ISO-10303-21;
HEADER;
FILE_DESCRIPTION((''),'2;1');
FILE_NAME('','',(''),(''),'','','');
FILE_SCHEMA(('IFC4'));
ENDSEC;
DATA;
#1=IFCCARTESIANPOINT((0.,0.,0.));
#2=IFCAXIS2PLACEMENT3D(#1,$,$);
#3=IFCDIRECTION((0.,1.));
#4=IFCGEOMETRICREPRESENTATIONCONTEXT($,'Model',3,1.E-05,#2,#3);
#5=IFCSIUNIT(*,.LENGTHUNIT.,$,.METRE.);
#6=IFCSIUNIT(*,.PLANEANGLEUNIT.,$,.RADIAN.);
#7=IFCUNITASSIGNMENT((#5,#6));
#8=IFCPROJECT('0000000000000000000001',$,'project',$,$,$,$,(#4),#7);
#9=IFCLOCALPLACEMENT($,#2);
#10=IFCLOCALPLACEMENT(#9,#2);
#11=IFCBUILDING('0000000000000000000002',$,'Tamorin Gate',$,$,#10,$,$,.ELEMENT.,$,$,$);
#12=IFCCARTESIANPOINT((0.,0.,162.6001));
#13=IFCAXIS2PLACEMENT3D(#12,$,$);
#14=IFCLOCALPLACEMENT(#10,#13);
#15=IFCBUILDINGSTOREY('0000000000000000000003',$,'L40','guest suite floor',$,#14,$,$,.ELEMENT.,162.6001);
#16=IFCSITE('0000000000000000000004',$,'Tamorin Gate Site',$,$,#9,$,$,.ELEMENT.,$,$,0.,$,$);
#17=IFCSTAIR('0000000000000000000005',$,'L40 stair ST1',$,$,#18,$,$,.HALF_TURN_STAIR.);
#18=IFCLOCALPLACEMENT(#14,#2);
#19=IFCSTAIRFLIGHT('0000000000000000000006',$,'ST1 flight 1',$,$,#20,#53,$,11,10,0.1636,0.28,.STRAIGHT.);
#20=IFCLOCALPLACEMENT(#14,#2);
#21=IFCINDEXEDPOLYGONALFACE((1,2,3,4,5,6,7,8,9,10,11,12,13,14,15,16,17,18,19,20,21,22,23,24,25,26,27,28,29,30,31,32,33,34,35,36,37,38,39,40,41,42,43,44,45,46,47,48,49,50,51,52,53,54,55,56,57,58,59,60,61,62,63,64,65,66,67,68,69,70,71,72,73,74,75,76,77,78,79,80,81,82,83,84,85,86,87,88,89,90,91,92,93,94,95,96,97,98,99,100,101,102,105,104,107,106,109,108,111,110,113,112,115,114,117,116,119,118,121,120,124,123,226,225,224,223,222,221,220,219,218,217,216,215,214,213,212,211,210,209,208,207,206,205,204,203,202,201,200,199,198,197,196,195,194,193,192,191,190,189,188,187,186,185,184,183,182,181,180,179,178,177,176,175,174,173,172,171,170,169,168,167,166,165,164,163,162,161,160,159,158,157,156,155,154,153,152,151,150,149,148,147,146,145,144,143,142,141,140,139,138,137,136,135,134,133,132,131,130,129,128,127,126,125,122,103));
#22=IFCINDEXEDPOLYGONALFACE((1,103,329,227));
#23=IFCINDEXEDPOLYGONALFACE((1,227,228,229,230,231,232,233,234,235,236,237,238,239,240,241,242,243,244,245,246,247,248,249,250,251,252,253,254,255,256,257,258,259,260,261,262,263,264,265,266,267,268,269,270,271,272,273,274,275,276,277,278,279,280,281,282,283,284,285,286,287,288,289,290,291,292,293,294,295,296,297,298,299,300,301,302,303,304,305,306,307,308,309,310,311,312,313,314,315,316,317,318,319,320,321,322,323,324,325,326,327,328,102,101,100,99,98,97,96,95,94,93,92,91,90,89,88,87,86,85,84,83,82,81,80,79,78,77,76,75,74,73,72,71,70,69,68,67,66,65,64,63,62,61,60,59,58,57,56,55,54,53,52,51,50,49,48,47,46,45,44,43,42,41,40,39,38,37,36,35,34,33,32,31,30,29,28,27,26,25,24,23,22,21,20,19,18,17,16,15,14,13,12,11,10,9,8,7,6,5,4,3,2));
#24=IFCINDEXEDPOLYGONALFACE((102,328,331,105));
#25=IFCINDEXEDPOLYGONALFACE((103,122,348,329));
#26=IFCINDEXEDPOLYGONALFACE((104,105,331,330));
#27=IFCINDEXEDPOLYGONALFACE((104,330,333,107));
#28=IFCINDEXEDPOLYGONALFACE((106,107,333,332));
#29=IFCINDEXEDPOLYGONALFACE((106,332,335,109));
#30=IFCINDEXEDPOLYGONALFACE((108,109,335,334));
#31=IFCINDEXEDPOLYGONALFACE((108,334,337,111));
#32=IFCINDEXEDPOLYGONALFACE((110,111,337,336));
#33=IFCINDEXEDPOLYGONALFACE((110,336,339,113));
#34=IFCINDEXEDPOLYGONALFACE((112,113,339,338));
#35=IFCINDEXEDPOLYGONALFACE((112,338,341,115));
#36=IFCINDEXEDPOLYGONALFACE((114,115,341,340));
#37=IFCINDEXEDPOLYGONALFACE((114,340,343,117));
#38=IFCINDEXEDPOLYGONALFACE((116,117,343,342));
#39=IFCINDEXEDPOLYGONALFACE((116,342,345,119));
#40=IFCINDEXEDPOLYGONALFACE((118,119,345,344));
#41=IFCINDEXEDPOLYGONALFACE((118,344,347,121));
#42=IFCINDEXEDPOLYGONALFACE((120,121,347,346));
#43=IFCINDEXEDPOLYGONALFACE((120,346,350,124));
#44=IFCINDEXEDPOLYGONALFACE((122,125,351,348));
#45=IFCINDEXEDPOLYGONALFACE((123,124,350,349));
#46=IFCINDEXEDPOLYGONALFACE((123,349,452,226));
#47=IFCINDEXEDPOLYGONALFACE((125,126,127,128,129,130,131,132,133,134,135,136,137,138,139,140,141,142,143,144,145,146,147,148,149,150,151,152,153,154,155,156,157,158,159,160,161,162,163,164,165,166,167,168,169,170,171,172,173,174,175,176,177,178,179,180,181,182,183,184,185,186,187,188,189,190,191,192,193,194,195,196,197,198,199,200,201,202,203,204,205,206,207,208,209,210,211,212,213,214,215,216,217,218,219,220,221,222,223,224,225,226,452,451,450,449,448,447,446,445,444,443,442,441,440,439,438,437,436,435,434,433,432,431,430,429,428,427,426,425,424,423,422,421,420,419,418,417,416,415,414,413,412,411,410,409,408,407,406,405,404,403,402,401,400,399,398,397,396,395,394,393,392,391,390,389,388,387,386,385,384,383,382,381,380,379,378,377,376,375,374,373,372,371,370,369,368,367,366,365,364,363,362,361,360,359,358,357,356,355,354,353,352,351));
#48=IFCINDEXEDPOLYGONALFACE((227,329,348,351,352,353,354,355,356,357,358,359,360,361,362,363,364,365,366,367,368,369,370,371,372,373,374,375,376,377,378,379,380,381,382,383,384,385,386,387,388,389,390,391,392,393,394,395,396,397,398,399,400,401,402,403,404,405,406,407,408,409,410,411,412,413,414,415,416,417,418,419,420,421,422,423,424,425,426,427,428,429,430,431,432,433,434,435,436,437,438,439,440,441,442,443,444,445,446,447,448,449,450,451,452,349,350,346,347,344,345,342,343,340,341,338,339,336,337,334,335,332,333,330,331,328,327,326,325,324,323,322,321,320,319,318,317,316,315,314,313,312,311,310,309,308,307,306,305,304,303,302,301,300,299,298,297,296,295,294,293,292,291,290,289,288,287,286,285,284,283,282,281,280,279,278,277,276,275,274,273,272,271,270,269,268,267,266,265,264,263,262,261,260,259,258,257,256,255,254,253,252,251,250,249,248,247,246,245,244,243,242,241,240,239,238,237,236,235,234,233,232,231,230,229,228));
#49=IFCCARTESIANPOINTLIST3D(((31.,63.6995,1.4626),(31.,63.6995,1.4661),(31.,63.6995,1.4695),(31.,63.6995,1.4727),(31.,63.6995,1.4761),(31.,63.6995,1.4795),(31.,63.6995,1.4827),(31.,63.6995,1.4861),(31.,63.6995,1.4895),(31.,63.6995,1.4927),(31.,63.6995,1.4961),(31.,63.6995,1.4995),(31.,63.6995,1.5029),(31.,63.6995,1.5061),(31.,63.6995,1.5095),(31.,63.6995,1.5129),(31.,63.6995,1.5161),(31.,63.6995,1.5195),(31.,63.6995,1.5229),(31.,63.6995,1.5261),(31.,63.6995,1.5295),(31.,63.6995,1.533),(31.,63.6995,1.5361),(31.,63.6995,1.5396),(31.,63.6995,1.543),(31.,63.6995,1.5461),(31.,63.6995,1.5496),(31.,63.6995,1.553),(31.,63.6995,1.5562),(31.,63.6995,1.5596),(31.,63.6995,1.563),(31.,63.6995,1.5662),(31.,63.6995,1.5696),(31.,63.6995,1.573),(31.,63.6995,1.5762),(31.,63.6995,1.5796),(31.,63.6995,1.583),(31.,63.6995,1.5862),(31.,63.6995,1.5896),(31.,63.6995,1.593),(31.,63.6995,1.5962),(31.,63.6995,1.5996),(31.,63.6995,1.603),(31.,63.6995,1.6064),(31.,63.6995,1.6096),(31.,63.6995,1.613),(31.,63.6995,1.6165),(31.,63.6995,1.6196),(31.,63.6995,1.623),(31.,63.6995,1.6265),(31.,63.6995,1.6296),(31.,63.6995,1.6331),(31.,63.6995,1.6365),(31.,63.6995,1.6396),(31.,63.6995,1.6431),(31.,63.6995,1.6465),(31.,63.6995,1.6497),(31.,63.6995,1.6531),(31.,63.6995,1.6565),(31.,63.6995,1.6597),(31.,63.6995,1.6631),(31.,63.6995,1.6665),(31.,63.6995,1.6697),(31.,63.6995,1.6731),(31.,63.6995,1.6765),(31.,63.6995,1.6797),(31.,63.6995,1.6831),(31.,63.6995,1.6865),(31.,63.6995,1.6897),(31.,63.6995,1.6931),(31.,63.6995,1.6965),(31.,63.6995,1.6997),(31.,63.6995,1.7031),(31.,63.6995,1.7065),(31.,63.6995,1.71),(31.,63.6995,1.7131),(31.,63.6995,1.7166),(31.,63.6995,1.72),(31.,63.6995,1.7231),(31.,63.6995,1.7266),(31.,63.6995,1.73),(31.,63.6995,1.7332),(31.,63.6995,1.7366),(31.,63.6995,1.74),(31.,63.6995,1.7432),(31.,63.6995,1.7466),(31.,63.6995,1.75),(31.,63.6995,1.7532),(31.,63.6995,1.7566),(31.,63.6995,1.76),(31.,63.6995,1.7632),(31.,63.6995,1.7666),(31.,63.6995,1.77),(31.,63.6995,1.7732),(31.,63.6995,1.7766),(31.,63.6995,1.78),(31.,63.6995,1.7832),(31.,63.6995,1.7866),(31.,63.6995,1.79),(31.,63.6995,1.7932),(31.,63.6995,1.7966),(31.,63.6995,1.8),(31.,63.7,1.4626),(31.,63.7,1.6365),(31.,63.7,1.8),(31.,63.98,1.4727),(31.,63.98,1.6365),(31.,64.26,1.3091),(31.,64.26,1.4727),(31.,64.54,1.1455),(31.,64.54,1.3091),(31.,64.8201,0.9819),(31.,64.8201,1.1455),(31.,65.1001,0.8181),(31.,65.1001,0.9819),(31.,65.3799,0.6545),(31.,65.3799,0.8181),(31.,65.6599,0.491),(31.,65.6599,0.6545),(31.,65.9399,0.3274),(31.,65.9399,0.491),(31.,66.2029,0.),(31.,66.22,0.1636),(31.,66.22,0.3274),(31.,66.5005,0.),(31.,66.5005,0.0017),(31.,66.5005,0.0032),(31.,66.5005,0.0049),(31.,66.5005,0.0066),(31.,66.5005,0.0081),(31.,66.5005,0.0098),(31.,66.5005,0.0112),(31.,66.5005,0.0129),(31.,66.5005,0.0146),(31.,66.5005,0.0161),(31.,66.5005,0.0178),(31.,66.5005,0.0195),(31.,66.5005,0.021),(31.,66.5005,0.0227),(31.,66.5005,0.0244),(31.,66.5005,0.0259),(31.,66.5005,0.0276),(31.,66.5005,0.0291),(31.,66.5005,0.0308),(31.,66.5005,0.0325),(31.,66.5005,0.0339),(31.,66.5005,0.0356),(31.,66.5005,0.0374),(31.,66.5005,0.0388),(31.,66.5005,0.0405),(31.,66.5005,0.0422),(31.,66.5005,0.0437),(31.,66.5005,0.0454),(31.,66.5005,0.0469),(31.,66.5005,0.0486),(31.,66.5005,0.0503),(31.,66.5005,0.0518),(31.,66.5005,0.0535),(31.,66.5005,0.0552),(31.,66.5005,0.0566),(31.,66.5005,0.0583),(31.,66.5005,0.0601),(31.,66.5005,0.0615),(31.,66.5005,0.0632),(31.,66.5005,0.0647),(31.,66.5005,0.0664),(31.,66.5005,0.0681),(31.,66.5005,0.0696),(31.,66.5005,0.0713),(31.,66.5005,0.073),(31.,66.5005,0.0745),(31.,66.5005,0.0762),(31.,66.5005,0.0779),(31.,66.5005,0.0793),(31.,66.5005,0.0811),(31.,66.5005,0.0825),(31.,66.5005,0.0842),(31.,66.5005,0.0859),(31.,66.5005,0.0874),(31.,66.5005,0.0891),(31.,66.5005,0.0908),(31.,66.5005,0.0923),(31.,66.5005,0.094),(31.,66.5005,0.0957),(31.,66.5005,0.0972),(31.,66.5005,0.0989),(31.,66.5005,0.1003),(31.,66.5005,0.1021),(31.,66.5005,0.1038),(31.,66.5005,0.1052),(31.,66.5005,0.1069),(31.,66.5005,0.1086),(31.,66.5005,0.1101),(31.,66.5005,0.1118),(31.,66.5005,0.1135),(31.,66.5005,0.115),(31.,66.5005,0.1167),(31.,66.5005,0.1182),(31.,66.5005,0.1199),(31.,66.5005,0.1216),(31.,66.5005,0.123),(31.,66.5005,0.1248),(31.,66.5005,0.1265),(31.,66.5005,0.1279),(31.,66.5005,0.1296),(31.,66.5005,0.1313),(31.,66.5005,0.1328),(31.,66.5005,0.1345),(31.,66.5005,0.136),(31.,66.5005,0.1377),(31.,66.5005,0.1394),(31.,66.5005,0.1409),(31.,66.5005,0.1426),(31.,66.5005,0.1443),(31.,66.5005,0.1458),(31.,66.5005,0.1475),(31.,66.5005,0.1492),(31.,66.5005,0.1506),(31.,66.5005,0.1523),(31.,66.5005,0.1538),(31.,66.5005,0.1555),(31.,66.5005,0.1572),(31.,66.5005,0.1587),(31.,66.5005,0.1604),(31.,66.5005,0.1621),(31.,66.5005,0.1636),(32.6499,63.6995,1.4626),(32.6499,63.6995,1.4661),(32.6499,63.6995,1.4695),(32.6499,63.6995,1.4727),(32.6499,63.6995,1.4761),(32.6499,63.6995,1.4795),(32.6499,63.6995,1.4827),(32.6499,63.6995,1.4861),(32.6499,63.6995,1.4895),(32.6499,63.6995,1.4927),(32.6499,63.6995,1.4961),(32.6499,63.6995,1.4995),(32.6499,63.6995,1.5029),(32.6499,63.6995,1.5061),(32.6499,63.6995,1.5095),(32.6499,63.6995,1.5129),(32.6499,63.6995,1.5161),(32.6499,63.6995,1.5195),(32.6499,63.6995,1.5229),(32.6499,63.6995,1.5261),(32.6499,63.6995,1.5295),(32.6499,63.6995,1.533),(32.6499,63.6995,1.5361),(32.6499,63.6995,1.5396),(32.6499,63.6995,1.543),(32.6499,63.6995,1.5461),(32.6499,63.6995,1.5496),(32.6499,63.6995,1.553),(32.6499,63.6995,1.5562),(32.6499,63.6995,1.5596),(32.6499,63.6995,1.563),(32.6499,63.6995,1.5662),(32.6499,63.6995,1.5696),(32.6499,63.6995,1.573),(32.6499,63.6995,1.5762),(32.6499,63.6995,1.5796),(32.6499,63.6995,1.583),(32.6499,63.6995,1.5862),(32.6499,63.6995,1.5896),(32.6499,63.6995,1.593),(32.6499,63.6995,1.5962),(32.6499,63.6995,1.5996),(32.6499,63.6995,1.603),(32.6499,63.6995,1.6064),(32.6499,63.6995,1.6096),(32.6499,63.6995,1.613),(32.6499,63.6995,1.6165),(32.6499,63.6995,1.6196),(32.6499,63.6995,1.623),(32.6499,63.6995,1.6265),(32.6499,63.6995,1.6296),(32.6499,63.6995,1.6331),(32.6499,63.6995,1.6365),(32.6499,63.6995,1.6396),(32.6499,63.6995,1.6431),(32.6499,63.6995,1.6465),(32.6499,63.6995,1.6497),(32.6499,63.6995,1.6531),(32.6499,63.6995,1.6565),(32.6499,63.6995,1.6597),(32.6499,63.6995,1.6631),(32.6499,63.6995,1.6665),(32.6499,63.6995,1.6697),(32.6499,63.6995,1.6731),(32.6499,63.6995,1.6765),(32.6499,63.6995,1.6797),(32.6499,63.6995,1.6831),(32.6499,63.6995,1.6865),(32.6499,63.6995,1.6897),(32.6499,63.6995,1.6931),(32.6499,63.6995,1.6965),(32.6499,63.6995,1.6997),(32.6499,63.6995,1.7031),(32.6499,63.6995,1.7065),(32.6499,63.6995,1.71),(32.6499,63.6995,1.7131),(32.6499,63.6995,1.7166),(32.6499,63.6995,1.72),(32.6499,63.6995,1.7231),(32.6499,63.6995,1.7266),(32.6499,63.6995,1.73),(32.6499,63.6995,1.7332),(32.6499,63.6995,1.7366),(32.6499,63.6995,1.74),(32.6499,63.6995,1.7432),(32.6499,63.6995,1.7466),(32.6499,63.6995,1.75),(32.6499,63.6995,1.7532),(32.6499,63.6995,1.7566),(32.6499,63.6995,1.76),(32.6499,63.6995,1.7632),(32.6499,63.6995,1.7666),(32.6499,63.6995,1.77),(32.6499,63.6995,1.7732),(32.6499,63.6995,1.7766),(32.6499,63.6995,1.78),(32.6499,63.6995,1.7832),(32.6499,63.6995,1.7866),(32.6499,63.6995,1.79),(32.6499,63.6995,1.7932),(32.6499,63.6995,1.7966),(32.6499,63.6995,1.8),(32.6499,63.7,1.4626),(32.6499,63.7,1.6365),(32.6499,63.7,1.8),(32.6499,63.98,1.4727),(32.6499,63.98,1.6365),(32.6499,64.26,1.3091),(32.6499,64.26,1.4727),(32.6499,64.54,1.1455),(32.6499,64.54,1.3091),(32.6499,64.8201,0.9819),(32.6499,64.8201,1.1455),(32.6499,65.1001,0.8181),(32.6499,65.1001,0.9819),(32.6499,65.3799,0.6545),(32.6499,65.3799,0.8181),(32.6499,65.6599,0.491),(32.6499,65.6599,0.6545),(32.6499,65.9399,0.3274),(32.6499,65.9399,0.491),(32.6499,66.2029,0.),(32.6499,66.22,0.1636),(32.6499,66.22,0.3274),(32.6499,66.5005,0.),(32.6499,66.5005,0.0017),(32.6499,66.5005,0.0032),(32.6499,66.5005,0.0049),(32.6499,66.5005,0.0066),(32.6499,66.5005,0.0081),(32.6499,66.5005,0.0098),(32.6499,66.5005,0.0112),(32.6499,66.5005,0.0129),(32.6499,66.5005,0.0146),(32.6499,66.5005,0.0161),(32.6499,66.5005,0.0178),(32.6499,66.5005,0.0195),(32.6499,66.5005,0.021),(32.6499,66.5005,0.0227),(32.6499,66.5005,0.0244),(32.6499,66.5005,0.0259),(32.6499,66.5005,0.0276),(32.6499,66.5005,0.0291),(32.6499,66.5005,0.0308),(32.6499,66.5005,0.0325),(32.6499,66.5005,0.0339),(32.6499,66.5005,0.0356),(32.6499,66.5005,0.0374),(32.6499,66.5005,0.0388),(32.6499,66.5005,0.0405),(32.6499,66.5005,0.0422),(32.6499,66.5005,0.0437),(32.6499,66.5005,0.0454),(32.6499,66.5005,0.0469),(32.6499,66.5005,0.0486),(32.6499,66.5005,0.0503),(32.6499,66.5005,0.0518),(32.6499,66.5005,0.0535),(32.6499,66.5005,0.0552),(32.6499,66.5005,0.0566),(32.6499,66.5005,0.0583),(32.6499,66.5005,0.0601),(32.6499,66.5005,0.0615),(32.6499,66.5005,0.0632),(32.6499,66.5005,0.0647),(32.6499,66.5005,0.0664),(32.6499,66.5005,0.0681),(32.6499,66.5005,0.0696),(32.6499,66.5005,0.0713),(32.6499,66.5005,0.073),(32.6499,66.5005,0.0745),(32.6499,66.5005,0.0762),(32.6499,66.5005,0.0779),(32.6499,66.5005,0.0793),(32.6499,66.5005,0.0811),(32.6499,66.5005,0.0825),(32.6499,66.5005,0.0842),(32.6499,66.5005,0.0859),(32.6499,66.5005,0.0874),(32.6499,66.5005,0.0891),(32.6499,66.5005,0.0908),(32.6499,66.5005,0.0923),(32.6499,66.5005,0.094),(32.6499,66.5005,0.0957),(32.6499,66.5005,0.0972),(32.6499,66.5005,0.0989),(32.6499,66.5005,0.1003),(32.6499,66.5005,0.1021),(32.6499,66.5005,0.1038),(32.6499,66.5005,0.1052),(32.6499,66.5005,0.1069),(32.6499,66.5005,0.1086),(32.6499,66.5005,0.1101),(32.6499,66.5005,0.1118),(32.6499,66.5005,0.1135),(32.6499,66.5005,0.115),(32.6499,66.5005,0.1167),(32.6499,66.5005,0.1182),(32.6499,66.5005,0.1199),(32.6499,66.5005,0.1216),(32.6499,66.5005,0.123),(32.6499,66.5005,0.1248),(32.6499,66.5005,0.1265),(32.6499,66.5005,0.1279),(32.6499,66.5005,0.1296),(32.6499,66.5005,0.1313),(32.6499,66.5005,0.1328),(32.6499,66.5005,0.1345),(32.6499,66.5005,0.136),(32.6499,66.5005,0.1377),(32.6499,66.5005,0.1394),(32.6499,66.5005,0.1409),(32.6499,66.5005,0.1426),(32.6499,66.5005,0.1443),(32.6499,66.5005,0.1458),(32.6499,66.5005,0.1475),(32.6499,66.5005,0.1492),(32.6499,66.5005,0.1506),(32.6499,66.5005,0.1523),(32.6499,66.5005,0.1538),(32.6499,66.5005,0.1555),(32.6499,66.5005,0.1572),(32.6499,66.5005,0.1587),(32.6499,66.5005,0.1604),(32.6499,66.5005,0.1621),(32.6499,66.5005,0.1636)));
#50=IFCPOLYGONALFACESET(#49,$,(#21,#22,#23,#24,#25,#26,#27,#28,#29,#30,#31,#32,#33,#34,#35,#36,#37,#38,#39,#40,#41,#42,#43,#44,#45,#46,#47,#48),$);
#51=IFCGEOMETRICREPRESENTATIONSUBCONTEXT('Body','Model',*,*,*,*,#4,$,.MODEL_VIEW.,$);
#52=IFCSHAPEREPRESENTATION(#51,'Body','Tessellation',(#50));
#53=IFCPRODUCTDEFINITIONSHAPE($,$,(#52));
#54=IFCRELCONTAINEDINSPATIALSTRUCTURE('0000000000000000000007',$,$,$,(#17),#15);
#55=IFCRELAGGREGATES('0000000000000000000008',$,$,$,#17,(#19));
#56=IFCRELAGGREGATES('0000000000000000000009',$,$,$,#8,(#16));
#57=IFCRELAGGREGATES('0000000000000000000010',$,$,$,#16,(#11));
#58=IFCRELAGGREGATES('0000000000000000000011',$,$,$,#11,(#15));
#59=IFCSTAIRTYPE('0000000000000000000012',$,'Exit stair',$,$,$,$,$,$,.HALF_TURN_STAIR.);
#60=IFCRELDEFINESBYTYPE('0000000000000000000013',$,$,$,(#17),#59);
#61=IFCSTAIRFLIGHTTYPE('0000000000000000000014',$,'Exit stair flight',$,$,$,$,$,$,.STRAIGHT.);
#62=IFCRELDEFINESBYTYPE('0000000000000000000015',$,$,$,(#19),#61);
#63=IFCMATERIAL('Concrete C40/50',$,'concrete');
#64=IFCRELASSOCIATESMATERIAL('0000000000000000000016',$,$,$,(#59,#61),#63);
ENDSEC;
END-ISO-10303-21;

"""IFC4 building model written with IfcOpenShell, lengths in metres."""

from ifc_helpers import new_model, si_unit, direction, frame, origin, place, context, subcontext, project, spatial, polyline, outline, extrude, material, type_object, element, aggregate, save


model = new_model("IFC4")

# Units and contexts
model_context = context("Model", 3, precision=1e-05, world=origin(), true_north=direction((0.0, 1.0)))
body_context = subcontext(model_context, "Body", "Model", "MODEL_VIEW")
ifc_project = project(units=[si_unit("LENGTHUNIT", "METRE"), si_unit("PLANEANGLEUNIT", "RADIAN")], contexts=[model_context])

# Site, building, storey
site_placement = place(None, origin())
site = spatial("IfcSite", under=ifc_project, at=site_placement, Name="Tamorin Gate Site", CompositionType="ELEMENT", RefElevation=0.0)
building_placement = place(site_placement, origin())
building = spatial("IfcBuilding", under=site, at=building_placement, Name="Tamorin Gate", CompositionType="ELEMENT")
storey_placement = place(building_placement, frame((0.0, 0.0, 162.6001)))
storey = spatial("IfcBuildingStorey", under=building, at=storey_placement, Name="L40", Description="guest suite floor", CompositionType="ELEMENT", Elevation=162.6001)

# Shared definitions
ifc_material_1 = material(Name="Concrete C40/50", Category="concrete")

# Stair, stair flight
stair_type = type_object("IfcStairType", Name="Exit stair", PredefinedType="HALF_TURN_STAIR", material=ifc_material_1)
stair_1_placement = place(storey_placement, origin())
stair_1 = element("IfcStair", 1, at=stair_1_placement, inside=storey, type_object=stair_type, Name="L40 stair ST1", PredefinedType="HALF_TURN_STAIR")
stair_flight_type = type_object("IfcStairFlightType", Name="Exit stair flight", PredefinedType="STRAIGHT", material=ifc_material_1)
stair_flight_1_placement = place(storey_placement, frame((31.825, 66.5, 0.0), z_axis=(0.0, 0.0, 1.0), x_axis=(0.0, -1.0, 0.0)))
stair_flight_1 = element("IfcStairFlight", 2, at=stair_flight_1_placement, type_object=stair_flight_type, Name="ST1 flight 1", NumberOfRisers=11, NumberOfTreads=10, PredefinedType="STRAIGHT", RiserHeight=0.1636, TreadLength=0.28, context=body_context, shape_type="SweptSolid", body=[
    extrude(outline(polyline([(-0.0005, 0.0), (-0.0005, 0.0017), (-0.0005, 0.0032), (-0.0005, 0.0049), (-0.0005, 0.0066), (-0.0005, 0.0081), (-0.0005, 0.0098), (-0.0005, 0.0112), (-0.0005, 0.0129), (-0.0005, 0.0146), (-0.0005, 0.0161), (-0.0005, 0.0178), (-0.0005, 0.0195), (-0.0005, 0.021), (-0.0005, 0.0227), (-0.0005, 0.0244), (-0.0005, 0.0259), (-0.0005, 0.0276), (-0.0005, 0.0291), (-0.0005, 0.0308), (-0.0005, 0.0325), (-0.0005, 0.0339), (-0.0005, 0.0356), (-0.0005, 0.0374), (-0.0005, 0.0388), (-0.0005, 0.0405), (-0.0005, 0.0422), (-0.0005, 0.0437), (-0.0005, 0.0454), (-0.0005, 0.0469), (-0.0005, 0.0486), (-0.0005, 0.0503), (-0.0005, 0.0518), (-0.0005, 0.0535), (-0.0005, 0.0552), (-0.0005, 0.0566), (-0.0005, 0.0583), (-0.0005, 0.0601), (-0.0005, 0.0615), (-0.0005, 0.0632), (-0.0005, 0.0647), (-0.0005, 0.0664), (-0.0005, 0.0681), (-0.0005, 0.0696), (-0.0005, 0.0713), (-0.0005, 0.073), (-0.0005, 0.0745), (-0.0005, 0.0762), (-0.0005, 0.0779), (-0.0005, 0.0793), (-0.0005, 0.0811), (-0.0005, 0.0825), (-0.0005, 0.0842), (-0.0005, 0.0859), (-0.0005, 0.0874), (-0.0005, 0.0891), (-0.0005, 0.0908), (-0.0005, 0.0923), (-0.0005, 0.094), (-0.0005, 0.0957), (-0.0005, 0.0972), (-0.0005, 0.0989), (-0.0005, 0.1003), (-0.0005, 0.1021), (-0.0005, 0.1038), (-0.0005, 0.1052), (-0.0005, 0.1069), (-0.0005, 0.1086), (-0.0005, 0.1101), (-0.0005, 0.1118), (-0.0005, 0.1135), (-0.0005, 0.115), (-0.0005, 0.1167), (-0.0005, 0.1182), (-0.0005, 0.1199), (-0.0005, 0.1216), (-0.0005, 0.123), (-0.0005, 0.1248), (-0.0005, 0.1265), (-0.0005, 0.1279), (-0.0005, 0.1296), (-0.0005, 0.1313), (-0.0005, 0.1328), (-0.0005, 0.1345), (-0.0005, 0.136), (-0.0005, 0.1377), (-0.0005, 0.1394), (-0.0005, 0.1409), (-0.0005, 0.1426), (-0.0005, 0.1443), (-0.0005, 0.1458), (-0.0005, 0.1475), (-0.0005, 0.1492), (-0.0005, 0.1506), (-0.0005, 0.1523), (-0.0005, 0.1538), (-0.0005, 0.1555), (-0.0005, 0.1572), (-0.0005, 0.1587), (-0.0005, 0.1604), (-0.0005, 0.1621), (-0.0005, 0.1636), (0.28, 0.1636), (0.28, 0.3274), (0.5601, 0.3274), (0.5601, 0.491), (0.8401, 0.491), (0.8401, 0.6545), (1.1201, 0.6545), (1.1201, 0.8181), (1.3999, 0.8181), (1.3999, 0.9819), (1.6799, 0.9819), (1.6799, 1.1455), (1.96, 1.1455), (1.96, 1.3091), (2.24, 1.3091), (2.24, 1.4727), (2.52, 1.4727), (2.52, 1.6365), (2.8, 1.6365), (2.8, 1.8), (2.8005, 1.8), (2.8005, 1.7966), (2.8005, 1.7932), (2.8005, 1.79), (2.8005, 1.7866), (2.8005, 1.7832), (2.8005, 1.78), (2.8005, 1.7766), (2.8005, 1.7732), (2.8005, 1.77), (2.8005, 1.7666), (2.8005, 1.7632), (2.8005, 1.76), (2.8005, 1.7566), (2.8005, 1.7532), (2.8005, 1.75), (2.8005, 1.7466), (2.8005, 1.7432), (2.8005, 1.74), (2.8005, 1.7366), (2.8005, 1.7332), (2.8005, 1.73), (2.8005, 1.7266), (2.8005, 1.7231), (2.8005, 1.72), (2.8005, 1.7166), (2.8005, 1.7131), (2.8005, 1.71), (2.8005, 1.7065), (2.8005, 1.7031), (2.8005, 1.6997), (2.8005, 1.6965), (2.8005, 1.6931), (2.8005, 1.6897), (2.8005, 1.6865), (2.8005, 1.6831), (2.8005, 1.6797), (2.8005, 1.6765), (2.8005, 1.6731), (2.8005, 1.6697), (2.8005, 1.6665), (2.8005, 1.6631), (2.8005, 1.6597), (2.8005, 1.6565), (2.8005, 1.6531), (2.8005, 1.6497), (2.8005, 1.6465), (2.8005, 1.6431), (2.8005, 1.6396), (2.8005, 1.6365), (2.8005, 1.6331), (2.8005, 1.6296), (2.8005, 1.6265), (2.8005, 1.623), (2.8005, 1.6196), (2.8005, 1.6165), (2.8005, 1.613), (2.8005, 1.6096), (2.8005, 1.6064), (2.8005, 1.603), (2.8005, 1.5996), (2.8005, 1.5962), (2.8005, 1.593), (2.8005, 1.5896), (2.8005, 1.5862), (2.8005, 1.583), (2.8005, 1.5796), (2.8005, 1.5762), (2.8005, 1.573), (2.8005, 1.5696), (2.8005, 1.5662), (2.8005, 1.563), (2.8005, 1.5596), (2.8005, 1.5562), (2.8005, 1.553), (2.8005, 1.5496), (2.8005, 1.5461), (2.8005, 1.543), (2.8005, 1.5396), (2.8005, 1.5361), (2.8005, 1.533), (2.8005, 1.5295), (2.8005, 1.5261), (2.8005, 1.5229), (2.8005, 1.5195), (2.8005, 1.5161), (2.8005, 1.5129), (2.8005, 1.5095), (2.8005, 1.5061), (2.8005, 1.5029), (2.8005, 1.4995), (2.8005, 1.4961), (2.8005, 1.4927), (2.8005, 1.4895), (2.8005, 1.4861), (2.8005, 1.4827), (2.8005, 1.4795), (2.8005, 1.4761), (2.8005, 1.4727), (2.8005, 1.4695), (2.8005, 1.4661), (2.8005, 1.4626), (2.8, 1.4626), (0.2971, 0.0), (-0.0005, 0.0)])), frame((0.0, 0.825, 0.0), z_axis=(0.0, -1.0, 0.0), x_axis=(1.0, 0.0, 0.0)), (0.0, 0.0, 1.0), 1.6499),
])
aggregate(stair_1, [stair_flight_1])

save(model, "model.ifc")
